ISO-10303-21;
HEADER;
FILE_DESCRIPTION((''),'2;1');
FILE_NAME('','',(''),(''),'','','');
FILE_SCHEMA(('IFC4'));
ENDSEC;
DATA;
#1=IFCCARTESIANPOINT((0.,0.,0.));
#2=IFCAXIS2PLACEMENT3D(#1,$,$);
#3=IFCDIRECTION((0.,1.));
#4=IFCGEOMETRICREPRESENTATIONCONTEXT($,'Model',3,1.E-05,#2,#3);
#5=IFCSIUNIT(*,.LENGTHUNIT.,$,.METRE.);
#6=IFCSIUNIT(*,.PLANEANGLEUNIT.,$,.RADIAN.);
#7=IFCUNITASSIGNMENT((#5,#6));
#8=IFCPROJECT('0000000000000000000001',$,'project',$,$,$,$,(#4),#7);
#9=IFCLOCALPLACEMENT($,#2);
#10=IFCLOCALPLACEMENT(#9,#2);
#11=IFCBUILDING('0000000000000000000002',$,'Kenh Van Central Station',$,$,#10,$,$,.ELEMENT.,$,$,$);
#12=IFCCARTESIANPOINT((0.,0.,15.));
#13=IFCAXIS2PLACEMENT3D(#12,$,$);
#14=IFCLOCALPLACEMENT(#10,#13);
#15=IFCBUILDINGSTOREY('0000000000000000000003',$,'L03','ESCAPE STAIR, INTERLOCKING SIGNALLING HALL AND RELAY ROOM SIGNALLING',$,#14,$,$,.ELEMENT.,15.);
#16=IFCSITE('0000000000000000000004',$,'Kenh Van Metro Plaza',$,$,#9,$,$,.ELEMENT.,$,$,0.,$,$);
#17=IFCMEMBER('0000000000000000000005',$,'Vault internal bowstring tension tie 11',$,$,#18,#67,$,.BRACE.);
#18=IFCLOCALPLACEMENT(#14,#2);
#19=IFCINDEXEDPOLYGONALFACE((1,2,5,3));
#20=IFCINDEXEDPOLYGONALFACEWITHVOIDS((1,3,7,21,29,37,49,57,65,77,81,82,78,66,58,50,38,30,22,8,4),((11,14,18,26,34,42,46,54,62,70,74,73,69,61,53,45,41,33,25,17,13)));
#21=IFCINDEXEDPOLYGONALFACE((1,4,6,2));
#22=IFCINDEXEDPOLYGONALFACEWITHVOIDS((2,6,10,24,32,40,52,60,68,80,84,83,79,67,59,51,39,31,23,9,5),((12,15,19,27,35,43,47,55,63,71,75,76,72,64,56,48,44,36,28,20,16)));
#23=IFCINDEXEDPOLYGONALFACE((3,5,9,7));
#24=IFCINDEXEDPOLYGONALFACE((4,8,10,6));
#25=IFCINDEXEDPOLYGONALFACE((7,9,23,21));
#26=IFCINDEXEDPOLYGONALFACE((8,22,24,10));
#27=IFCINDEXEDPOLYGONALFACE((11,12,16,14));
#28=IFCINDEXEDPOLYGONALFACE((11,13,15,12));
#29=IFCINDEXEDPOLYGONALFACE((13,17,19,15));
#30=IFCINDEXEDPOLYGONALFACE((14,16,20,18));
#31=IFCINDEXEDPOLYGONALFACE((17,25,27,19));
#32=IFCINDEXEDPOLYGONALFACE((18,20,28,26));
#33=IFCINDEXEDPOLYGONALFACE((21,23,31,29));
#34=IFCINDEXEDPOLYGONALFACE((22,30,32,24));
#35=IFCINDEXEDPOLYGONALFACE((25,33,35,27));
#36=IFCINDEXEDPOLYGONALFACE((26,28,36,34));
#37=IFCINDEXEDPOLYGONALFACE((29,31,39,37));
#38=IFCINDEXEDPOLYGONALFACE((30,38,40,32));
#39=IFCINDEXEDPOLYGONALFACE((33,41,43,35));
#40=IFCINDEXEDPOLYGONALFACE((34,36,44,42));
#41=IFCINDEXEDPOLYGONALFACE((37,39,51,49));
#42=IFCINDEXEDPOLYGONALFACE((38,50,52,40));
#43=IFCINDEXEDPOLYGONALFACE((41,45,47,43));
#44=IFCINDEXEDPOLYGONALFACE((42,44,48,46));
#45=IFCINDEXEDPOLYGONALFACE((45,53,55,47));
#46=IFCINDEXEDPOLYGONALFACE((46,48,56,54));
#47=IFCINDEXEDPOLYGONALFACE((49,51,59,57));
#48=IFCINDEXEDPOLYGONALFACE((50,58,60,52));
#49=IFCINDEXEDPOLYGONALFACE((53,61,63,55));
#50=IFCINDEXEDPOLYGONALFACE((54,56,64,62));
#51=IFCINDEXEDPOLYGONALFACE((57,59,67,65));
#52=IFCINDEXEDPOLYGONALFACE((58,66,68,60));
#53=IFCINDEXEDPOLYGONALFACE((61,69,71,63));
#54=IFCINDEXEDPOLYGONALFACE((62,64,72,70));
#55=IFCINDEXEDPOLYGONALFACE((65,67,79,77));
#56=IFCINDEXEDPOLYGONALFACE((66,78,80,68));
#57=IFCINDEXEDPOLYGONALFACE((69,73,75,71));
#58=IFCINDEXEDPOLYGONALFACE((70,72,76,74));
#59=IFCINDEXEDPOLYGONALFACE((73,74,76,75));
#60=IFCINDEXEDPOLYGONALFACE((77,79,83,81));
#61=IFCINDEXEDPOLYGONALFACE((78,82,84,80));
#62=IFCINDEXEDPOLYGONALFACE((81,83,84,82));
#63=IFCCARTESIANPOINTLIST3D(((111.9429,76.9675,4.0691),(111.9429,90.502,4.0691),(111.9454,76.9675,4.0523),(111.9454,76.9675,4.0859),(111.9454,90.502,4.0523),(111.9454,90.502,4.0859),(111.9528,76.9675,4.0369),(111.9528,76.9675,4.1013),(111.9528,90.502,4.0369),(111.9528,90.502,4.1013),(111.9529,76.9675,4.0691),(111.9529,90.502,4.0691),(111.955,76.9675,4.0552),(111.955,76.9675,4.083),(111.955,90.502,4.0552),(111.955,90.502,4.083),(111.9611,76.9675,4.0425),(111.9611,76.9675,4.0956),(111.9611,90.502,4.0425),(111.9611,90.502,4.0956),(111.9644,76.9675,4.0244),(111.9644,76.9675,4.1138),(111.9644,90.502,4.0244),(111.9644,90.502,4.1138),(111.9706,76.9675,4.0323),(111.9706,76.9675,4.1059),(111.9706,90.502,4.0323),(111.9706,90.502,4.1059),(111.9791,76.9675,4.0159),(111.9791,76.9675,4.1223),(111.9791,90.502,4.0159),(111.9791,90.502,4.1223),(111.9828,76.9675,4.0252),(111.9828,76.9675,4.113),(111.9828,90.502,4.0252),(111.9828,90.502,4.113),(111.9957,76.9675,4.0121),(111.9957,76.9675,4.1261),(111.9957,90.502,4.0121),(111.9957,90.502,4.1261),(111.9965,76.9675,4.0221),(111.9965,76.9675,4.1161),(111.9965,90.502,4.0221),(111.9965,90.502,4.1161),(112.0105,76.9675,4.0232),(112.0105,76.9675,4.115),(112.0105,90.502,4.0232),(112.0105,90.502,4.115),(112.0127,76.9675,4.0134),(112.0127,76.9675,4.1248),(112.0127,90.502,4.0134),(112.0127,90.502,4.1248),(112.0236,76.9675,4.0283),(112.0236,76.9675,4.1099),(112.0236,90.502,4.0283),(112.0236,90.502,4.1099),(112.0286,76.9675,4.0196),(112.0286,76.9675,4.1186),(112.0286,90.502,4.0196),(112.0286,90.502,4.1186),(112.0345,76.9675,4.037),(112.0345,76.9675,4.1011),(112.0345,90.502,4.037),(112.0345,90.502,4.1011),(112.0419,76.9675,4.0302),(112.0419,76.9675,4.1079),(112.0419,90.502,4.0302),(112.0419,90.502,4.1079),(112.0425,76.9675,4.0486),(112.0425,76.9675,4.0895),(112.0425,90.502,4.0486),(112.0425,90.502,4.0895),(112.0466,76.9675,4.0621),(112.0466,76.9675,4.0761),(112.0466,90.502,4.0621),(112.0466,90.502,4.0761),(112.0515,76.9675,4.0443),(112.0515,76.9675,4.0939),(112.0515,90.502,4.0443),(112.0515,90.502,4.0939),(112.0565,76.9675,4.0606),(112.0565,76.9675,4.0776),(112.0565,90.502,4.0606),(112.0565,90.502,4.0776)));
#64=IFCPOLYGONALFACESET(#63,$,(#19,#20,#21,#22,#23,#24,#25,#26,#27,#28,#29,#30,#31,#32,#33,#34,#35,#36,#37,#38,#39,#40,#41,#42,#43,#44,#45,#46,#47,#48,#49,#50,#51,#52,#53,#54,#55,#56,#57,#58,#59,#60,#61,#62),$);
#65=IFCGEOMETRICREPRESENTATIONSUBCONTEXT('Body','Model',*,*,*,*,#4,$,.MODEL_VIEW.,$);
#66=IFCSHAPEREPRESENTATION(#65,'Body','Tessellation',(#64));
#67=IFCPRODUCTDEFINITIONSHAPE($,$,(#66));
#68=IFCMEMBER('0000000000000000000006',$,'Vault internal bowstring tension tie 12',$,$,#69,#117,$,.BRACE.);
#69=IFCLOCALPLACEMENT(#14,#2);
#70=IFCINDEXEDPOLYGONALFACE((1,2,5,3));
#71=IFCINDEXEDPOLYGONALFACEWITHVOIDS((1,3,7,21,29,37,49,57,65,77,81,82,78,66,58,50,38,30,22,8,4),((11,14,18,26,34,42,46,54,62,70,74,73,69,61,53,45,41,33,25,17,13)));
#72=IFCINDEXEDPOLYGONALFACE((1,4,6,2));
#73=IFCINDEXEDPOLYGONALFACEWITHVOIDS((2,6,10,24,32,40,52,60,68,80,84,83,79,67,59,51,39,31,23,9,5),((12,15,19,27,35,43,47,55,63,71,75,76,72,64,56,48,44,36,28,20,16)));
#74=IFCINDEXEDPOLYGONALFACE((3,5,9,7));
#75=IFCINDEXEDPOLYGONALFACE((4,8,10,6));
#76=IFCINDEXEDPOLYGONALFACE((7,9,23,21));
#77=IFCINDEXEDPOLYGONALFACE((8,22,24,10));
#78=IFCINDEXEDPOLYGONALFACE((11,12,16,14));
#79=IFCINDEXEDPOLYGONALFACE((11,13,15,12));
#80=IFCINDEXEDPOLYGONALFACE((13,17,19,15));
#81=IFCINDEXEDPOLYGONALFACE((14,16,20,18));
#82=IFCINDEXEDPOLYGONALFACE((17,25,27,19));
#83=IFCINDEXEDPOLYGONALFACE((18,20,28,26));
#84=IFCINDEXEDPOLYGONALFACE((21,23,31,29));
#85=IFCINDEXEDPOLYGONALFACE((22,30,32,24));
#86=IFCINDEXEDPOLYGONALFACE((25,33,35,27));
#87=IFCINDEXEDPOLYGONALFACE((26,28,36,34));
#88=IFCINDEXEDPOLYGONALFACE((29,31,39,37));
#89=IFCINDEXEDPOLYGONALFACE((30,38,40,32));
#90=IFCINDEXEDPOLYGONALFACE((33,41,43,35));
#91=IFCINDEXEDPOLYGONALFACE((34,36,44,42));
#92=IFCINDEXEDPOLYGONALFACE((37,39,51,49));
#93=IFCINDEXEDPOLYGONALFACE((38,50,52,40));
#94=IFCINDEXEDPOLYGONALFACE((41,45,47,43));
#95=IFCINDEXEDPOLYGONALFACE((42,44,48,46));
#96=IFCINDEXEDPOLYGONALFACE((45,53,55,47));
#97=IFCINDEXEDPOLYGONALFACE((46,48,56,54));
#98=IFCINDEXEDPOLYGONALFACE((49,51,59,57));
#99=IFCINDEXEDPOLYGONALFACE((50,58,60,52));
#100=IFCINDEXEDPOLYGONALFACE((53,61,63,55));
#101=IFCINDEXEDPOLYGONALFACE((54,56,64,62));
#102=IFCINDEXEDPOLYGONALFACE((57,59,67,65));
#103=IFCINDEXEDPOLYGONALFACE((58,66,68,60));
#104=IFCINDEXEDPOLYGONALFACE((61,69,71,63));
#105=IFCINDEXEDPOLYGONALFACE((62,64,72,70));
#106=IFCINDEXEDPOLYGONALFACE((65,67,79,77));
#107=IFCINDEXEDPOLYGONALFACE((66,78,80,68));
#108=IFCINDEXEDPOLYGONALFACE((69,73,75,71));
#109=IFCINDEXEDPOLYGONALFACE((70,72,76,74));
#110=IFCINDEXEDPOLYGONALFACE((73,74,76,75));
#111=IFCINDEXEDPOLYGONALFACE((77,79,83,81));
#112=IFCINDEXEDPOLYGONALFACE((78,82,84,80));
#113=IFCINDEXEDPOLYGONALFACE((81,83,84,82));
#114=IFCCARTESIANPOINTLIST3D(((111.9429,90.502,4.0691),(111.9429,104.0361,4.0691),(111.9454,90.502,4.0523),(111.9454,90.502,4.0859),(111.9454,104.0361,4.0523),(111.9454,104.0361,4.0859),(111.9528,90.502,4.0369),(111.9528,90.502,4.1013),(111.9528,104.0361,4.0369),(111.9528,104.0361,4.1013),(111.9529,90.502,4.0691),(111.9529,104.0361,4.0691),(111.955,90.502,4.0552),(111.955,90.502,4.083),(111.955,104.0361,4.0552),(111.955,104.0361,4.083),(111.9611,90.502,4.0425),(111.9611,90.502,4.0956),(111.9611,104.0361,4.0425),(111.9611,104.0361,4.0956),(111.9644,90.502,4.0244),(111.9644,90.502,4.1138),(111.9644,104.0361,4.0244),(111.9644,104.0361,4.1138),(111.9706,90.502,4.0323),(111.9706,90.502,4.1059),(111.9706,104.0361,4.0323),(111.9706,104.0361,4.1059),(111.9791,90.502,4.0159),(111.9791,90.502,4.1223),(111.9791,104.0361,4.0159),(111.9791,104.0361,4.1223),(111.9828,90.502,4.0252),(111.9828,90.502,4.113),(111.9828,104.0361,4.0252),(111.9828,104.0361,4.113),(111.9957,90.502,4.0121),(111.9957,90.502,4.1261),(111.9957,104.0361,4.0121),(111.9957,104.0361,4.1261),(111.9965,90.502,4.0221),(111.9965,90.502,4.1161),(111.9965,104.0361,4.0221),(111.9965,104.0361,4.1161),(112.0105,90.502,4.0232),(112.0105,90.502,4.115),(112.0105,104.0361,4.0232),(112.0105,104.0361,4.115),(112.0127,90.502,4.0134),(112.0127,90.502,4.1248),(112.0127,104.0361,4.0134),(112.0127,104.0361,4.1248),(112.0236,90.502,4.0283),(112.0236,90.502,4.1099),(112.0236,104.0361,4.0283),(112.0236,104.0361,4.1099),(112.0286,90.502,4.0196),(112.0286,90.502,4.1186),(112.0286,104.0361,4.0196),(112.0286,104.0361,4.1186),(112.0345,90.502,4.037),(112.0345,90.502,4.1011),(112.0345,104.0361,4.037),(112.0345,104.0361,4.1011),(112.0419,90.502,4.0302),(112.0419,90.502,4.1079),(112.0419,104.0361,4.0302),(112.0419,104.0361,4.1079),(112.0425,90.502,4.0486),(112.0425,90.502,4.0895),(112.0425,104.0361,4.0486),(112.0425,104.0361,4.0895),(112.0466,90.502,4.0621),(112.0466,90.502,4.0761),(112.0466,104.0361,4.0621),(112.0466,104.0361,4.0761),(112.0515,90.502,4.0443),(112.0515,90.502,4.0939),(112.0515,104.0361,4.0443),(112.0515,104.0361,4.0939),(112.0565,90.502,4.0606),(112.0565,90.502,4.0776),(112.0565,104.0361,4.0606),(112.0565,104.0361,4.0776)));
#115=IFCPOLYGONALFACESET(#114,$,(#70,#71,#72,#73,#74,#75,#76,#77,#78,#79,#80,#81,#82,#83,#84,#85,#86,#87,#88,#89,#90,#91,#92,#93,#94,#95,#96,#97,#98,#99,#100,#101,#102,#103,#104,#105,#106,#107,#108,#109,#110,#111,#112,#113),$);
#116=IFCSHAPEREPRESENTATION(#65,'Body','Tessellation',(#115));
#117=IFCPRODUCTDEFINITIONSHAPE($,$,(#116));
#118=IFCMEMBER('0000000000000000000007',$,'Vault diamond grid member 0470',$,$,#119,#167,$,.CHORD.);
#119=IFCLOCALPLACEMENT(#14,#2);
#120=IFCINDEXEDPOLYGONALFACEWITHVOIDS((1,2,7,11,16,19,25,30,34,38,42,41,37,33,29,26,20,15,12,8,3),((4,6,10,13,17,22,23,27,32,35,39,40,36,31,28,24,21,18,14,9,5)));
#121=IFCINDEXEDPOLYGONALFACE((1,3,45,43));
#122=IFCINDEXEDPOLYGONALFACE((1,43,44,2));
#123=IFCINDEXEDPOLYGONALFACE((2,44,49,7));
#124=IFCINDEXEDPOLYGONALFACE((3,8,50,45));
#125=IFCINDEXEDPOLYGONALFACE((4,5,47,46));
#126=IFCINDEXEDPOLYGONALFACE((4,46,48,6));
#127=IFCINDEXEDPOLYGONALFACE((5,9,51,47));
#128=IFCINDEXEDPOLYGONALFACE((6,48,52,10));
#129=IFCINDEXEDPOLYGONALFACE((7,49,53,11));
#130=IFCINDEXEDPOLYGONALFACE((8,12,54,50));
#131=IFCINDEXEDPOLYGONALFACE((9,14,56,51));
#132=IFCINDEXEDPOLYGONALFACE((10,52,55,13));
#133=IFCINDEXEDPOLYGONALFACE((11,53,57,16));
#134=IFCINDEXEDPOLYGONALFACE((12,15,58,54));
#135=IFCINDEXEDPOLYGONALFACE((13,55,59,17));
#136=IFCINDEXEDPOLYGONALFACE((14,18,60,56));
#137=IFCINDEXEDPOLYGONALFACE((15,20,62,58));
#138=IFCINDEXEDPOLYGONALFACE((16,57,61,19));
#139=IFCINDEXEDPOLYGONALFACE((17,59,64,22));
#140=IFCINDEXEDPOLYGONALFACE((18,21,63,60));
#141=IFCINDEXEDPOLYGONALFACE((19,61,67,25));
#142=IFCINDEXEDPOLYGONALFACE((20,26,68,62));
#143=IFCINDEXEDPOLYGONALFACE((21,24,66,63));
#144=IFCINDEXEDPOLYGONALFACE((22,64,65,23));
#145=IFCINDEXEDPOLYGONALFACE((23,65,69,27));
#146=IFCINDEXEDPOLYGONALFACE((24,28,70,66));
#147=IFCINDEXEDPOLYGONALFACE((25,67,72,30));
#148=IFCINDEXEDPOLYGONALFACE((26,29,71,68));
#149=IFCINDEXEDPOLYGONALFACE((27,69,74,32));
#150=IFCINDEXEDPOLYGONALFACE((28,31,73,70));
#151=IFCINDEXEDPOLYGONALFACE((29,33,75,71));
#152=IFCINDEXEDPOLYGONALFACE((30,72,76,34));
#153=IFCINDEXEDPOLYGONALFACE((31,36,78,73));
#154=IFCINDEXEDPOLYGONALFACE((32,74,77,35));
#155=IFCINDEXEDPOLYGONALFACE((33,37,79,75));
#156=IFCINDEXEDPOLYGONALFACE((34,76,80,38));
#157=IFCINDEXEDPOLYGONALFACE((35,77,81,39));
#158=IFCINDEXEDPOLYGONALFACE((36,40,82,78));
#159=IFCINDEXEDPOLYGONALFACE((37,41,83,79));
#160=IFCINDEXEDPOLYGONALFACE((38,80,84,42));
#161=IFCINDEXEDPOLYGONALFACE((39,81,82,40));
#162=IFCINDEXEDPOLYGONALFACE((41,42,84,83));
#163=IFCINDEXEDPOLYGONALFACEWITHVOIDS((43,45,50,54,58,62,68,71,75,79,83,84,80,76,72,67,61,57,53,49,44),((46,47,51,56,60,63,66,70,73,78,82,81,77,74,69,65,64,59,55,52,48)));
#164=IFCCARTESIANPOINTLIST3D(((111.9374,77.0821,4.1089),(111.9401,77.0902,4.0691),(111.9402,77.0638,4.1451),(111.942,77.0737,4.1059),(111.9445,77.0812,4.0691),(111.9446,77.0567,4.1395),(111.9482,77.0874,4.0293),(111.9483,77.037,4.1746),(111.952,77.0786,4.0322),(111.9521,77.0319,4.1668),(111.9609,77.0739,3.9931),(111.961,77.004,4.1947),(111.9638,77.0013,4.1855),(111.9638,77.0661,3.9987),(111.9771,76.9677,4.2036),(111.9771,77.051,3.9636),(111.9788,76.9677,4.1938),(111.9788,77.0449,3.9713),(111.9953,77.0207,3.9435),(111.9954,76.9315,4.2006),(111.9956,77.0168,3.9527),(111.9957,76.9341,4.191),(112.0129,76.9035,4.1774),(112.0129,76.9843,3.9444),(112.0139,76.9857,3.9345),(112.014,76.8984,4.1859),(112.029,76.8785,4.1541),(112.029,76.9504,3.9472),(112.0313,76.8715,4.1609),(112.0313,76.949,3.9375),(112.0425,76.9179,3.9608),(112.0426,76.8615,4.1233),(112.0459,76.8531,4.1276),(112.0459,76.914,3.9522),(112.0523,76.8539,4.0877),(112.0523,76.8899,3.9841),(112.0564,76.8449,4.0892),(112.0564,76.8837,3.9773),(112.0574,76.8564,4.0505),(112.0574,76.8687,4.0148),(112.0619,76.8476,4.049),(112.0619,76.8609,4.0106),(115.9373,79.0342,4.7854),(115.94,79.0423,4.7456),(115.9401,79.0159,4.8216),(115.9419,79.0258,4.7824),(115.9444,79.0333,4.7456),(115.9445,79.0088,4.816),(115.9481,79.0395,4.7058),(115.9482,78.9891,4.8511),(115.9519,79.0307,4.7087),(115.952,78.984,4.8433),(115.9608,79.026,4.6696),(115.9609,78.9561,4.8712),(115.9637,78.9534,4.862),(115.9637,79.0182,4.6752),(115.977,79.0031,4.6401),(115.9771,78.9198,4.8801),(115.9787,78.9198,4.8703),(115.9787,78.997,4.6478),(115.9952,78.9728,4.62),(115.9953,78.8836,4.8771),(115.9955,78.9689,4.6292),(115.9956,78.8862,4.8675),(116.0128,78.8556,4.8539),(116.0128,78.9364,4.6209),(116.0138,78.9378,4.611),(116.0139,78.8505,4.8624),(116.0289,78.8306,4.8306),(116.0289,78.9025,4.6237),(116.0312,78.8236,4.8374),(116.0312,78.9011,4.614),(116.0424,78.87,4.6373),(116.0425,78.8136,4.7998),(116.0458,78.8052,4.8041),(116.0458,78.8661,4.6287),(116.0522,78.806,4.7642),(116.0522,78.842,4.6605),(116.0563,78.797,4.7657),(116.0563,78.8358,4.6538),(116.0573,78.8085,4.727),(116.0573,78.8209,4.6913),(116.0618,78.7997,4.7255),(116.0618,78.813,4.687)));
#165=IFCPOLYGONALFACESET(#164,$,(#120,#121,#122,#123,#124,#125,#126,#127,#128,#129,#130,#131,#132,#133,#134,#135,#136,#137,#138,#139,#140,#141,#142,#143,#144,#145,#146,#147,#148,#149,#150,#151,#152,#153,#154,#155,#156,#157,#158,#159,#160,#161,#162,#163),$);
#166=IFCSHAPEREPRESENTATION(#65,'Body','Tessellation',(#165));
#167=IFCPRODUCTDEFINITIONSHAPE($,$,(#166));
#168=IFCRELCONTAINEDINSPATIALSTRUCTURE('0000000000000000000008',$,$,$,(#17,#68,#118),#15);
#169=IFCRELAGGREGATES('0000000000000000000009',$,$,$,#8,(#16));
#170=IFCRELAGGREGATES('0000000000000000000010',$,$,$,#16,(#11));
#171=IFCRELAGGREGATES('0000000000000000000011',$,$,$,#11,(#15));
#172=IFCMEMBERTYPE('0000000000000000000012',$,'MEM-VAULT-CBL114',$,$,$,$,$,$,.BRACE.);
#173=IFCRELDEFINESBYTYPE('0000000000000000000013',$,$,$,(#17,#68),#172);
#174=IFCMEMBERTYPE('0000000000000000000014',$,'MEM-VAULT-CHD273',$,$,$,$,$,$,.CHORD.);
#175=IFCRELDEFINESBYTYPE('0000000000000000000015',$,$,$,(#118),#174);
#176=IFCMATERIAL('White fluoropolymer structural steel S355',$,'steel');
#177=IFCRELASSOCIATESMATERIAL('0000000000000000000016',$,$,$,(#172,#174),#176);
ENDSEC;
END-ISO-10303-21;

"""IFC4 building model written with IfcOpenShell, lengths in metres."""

from ifc_helpers import new_model, si_unit, direction, frame, origin, origin_2d, place, context, subcontext, project, spatial, hollow_circle, extrude, material, material_profile, profile_set, type_object, element, save


model = new_model("IFC4")

# Units and contexts
model_context = context("Model", 3, precision=1e-05, world=origin(), true_north=direction((0.0, 1.0)))
body_context = subcontext(model_context, "Body", "Model", "MODEL_VIEW")
ifc_project = project(units=[si_unit("LENGTHUNIT", "METRE"), si_unit("PLANEANGLEUNIT", "RADIAN")], contexts=[model_context])

# Site, building, storey
site_placement = place(None, origin())
site = spatial("IfcSite", under=ifc_project, at=site_placement, Name="Kenh Van Metro Plaza", CompositionType="ELEMENT", RefElevation=0.0)
building_placement = place(site_placement, origin())
building = spatial("IfcBuilding", under=site, at=building_placement, Name="Kenh Van Central Station", CompositionType="ELEMENT")
storey_placement = place(building_placement, frame((0.0, 0.0, 15.0)))
storey = spatial("IfcBuildingStorey", under=building, at=storey_placement, Name="L03", Description="ESCAPE STAIR, INTERLOCKING SIGNALLING HALL AND RELAY ROOM SIGNALLING", CompositionType="ELEMENT", Elevation=15.0)

# Shared definitions
ifc_material_1 = material(Name="White fluoropolymer structural steel S355", Category="steel")

# Members
ifc_material_profile_1 = material_profile(ifc_material_1, hollow_circle(Radius=0.0571, WallThickness=0.01, at=origin_2d()), Name="CHS 114.3x10")
ifc_profile_set_1 = profile_set([ifc_material_profile_1], Name="White fluoropolymer structural steel S355")
member_type_1 = type_object("IfcMemberType", Name="MEM-VAULT-CBL114", PredefinedType="BRACE", material=ifc_profile_set_1)
member_1_placement = place(storey_placement, frame((112.0, 76.9675, 4.0691), z_axis=(0.0, 1.0, 0.0), x_axis=(-1.0, 0.0, 0.0)))
element("IfcMember", 1, at=member_1_placement, inside=storey, type_object=member_type_1, Name="Vault internal bowstring tension tie 11", PredefinedType="BRACE", context=body_context, shape_type="SweptSolid", body=[
    extrude(hollow_circle(Radius=0.0571, WallThickness=0.01, at=origin_2d()), origin(), (0.0, 0.0, 1.0), 13.5344),
])
member_2_placement = place(storey_placement, frame((112.0, 90.502, 4.0691), z_axis=(0.0, 1.0, 0.0), x_axis=(-1.0, 0.0, 0.0)))
element("IfcMember", 2, at=member_2_placement, inside=storey, type_object=member_type_1, Name="Vault internal bowstring tension tie 12", PredefinedType="BRACE", context=body_context, shape_type="SweptSolid", body=[
    extrude(hollow_circle(Radius=0.0571, WallThickness=0.01, at=origin_2d()), origin(), (0.0, 0.0, 1.0), 13.5342),
])
ifc_material_profile_2 = material_profile(ifc_material_1, hollow_circle(Radius=0.1365, WallThickness=0.01, at=origin_2d()), Name="CHS 273x10")
ifc_profile_set_2 = profile_set([ifc_material_profile_2], Name="White fluoropolymer structural steel S355")
member_type_2 = type_object("IfcMemberType", Name="MEM-VAULT-CHD273", PredefinedType="CHORD", material=ifc_profile_set_2)
member_3_placement = place(storey_placement, frame((112.0, 76.9675, 4.0691), z_axis=(0.888482, 0.433612, 0.150268), x_axis=(-0.438592, 0.898686, 0.0)))
element("IfcMember", 3, at=member_3_placement, inside=storey, type_object=member_type_2, Name="Vault diamond grid member 0470", PredefinedType="CHORD", context=body_context, shape_type="SweptSolid", body=[
    extrude(hollow_circle(Radius=0.1365, WallThickness=0.01, at=origin_2d()), origin(), (0.0, 0.0, 1.0), 4.502),
])

save(model, "model.ifc")
